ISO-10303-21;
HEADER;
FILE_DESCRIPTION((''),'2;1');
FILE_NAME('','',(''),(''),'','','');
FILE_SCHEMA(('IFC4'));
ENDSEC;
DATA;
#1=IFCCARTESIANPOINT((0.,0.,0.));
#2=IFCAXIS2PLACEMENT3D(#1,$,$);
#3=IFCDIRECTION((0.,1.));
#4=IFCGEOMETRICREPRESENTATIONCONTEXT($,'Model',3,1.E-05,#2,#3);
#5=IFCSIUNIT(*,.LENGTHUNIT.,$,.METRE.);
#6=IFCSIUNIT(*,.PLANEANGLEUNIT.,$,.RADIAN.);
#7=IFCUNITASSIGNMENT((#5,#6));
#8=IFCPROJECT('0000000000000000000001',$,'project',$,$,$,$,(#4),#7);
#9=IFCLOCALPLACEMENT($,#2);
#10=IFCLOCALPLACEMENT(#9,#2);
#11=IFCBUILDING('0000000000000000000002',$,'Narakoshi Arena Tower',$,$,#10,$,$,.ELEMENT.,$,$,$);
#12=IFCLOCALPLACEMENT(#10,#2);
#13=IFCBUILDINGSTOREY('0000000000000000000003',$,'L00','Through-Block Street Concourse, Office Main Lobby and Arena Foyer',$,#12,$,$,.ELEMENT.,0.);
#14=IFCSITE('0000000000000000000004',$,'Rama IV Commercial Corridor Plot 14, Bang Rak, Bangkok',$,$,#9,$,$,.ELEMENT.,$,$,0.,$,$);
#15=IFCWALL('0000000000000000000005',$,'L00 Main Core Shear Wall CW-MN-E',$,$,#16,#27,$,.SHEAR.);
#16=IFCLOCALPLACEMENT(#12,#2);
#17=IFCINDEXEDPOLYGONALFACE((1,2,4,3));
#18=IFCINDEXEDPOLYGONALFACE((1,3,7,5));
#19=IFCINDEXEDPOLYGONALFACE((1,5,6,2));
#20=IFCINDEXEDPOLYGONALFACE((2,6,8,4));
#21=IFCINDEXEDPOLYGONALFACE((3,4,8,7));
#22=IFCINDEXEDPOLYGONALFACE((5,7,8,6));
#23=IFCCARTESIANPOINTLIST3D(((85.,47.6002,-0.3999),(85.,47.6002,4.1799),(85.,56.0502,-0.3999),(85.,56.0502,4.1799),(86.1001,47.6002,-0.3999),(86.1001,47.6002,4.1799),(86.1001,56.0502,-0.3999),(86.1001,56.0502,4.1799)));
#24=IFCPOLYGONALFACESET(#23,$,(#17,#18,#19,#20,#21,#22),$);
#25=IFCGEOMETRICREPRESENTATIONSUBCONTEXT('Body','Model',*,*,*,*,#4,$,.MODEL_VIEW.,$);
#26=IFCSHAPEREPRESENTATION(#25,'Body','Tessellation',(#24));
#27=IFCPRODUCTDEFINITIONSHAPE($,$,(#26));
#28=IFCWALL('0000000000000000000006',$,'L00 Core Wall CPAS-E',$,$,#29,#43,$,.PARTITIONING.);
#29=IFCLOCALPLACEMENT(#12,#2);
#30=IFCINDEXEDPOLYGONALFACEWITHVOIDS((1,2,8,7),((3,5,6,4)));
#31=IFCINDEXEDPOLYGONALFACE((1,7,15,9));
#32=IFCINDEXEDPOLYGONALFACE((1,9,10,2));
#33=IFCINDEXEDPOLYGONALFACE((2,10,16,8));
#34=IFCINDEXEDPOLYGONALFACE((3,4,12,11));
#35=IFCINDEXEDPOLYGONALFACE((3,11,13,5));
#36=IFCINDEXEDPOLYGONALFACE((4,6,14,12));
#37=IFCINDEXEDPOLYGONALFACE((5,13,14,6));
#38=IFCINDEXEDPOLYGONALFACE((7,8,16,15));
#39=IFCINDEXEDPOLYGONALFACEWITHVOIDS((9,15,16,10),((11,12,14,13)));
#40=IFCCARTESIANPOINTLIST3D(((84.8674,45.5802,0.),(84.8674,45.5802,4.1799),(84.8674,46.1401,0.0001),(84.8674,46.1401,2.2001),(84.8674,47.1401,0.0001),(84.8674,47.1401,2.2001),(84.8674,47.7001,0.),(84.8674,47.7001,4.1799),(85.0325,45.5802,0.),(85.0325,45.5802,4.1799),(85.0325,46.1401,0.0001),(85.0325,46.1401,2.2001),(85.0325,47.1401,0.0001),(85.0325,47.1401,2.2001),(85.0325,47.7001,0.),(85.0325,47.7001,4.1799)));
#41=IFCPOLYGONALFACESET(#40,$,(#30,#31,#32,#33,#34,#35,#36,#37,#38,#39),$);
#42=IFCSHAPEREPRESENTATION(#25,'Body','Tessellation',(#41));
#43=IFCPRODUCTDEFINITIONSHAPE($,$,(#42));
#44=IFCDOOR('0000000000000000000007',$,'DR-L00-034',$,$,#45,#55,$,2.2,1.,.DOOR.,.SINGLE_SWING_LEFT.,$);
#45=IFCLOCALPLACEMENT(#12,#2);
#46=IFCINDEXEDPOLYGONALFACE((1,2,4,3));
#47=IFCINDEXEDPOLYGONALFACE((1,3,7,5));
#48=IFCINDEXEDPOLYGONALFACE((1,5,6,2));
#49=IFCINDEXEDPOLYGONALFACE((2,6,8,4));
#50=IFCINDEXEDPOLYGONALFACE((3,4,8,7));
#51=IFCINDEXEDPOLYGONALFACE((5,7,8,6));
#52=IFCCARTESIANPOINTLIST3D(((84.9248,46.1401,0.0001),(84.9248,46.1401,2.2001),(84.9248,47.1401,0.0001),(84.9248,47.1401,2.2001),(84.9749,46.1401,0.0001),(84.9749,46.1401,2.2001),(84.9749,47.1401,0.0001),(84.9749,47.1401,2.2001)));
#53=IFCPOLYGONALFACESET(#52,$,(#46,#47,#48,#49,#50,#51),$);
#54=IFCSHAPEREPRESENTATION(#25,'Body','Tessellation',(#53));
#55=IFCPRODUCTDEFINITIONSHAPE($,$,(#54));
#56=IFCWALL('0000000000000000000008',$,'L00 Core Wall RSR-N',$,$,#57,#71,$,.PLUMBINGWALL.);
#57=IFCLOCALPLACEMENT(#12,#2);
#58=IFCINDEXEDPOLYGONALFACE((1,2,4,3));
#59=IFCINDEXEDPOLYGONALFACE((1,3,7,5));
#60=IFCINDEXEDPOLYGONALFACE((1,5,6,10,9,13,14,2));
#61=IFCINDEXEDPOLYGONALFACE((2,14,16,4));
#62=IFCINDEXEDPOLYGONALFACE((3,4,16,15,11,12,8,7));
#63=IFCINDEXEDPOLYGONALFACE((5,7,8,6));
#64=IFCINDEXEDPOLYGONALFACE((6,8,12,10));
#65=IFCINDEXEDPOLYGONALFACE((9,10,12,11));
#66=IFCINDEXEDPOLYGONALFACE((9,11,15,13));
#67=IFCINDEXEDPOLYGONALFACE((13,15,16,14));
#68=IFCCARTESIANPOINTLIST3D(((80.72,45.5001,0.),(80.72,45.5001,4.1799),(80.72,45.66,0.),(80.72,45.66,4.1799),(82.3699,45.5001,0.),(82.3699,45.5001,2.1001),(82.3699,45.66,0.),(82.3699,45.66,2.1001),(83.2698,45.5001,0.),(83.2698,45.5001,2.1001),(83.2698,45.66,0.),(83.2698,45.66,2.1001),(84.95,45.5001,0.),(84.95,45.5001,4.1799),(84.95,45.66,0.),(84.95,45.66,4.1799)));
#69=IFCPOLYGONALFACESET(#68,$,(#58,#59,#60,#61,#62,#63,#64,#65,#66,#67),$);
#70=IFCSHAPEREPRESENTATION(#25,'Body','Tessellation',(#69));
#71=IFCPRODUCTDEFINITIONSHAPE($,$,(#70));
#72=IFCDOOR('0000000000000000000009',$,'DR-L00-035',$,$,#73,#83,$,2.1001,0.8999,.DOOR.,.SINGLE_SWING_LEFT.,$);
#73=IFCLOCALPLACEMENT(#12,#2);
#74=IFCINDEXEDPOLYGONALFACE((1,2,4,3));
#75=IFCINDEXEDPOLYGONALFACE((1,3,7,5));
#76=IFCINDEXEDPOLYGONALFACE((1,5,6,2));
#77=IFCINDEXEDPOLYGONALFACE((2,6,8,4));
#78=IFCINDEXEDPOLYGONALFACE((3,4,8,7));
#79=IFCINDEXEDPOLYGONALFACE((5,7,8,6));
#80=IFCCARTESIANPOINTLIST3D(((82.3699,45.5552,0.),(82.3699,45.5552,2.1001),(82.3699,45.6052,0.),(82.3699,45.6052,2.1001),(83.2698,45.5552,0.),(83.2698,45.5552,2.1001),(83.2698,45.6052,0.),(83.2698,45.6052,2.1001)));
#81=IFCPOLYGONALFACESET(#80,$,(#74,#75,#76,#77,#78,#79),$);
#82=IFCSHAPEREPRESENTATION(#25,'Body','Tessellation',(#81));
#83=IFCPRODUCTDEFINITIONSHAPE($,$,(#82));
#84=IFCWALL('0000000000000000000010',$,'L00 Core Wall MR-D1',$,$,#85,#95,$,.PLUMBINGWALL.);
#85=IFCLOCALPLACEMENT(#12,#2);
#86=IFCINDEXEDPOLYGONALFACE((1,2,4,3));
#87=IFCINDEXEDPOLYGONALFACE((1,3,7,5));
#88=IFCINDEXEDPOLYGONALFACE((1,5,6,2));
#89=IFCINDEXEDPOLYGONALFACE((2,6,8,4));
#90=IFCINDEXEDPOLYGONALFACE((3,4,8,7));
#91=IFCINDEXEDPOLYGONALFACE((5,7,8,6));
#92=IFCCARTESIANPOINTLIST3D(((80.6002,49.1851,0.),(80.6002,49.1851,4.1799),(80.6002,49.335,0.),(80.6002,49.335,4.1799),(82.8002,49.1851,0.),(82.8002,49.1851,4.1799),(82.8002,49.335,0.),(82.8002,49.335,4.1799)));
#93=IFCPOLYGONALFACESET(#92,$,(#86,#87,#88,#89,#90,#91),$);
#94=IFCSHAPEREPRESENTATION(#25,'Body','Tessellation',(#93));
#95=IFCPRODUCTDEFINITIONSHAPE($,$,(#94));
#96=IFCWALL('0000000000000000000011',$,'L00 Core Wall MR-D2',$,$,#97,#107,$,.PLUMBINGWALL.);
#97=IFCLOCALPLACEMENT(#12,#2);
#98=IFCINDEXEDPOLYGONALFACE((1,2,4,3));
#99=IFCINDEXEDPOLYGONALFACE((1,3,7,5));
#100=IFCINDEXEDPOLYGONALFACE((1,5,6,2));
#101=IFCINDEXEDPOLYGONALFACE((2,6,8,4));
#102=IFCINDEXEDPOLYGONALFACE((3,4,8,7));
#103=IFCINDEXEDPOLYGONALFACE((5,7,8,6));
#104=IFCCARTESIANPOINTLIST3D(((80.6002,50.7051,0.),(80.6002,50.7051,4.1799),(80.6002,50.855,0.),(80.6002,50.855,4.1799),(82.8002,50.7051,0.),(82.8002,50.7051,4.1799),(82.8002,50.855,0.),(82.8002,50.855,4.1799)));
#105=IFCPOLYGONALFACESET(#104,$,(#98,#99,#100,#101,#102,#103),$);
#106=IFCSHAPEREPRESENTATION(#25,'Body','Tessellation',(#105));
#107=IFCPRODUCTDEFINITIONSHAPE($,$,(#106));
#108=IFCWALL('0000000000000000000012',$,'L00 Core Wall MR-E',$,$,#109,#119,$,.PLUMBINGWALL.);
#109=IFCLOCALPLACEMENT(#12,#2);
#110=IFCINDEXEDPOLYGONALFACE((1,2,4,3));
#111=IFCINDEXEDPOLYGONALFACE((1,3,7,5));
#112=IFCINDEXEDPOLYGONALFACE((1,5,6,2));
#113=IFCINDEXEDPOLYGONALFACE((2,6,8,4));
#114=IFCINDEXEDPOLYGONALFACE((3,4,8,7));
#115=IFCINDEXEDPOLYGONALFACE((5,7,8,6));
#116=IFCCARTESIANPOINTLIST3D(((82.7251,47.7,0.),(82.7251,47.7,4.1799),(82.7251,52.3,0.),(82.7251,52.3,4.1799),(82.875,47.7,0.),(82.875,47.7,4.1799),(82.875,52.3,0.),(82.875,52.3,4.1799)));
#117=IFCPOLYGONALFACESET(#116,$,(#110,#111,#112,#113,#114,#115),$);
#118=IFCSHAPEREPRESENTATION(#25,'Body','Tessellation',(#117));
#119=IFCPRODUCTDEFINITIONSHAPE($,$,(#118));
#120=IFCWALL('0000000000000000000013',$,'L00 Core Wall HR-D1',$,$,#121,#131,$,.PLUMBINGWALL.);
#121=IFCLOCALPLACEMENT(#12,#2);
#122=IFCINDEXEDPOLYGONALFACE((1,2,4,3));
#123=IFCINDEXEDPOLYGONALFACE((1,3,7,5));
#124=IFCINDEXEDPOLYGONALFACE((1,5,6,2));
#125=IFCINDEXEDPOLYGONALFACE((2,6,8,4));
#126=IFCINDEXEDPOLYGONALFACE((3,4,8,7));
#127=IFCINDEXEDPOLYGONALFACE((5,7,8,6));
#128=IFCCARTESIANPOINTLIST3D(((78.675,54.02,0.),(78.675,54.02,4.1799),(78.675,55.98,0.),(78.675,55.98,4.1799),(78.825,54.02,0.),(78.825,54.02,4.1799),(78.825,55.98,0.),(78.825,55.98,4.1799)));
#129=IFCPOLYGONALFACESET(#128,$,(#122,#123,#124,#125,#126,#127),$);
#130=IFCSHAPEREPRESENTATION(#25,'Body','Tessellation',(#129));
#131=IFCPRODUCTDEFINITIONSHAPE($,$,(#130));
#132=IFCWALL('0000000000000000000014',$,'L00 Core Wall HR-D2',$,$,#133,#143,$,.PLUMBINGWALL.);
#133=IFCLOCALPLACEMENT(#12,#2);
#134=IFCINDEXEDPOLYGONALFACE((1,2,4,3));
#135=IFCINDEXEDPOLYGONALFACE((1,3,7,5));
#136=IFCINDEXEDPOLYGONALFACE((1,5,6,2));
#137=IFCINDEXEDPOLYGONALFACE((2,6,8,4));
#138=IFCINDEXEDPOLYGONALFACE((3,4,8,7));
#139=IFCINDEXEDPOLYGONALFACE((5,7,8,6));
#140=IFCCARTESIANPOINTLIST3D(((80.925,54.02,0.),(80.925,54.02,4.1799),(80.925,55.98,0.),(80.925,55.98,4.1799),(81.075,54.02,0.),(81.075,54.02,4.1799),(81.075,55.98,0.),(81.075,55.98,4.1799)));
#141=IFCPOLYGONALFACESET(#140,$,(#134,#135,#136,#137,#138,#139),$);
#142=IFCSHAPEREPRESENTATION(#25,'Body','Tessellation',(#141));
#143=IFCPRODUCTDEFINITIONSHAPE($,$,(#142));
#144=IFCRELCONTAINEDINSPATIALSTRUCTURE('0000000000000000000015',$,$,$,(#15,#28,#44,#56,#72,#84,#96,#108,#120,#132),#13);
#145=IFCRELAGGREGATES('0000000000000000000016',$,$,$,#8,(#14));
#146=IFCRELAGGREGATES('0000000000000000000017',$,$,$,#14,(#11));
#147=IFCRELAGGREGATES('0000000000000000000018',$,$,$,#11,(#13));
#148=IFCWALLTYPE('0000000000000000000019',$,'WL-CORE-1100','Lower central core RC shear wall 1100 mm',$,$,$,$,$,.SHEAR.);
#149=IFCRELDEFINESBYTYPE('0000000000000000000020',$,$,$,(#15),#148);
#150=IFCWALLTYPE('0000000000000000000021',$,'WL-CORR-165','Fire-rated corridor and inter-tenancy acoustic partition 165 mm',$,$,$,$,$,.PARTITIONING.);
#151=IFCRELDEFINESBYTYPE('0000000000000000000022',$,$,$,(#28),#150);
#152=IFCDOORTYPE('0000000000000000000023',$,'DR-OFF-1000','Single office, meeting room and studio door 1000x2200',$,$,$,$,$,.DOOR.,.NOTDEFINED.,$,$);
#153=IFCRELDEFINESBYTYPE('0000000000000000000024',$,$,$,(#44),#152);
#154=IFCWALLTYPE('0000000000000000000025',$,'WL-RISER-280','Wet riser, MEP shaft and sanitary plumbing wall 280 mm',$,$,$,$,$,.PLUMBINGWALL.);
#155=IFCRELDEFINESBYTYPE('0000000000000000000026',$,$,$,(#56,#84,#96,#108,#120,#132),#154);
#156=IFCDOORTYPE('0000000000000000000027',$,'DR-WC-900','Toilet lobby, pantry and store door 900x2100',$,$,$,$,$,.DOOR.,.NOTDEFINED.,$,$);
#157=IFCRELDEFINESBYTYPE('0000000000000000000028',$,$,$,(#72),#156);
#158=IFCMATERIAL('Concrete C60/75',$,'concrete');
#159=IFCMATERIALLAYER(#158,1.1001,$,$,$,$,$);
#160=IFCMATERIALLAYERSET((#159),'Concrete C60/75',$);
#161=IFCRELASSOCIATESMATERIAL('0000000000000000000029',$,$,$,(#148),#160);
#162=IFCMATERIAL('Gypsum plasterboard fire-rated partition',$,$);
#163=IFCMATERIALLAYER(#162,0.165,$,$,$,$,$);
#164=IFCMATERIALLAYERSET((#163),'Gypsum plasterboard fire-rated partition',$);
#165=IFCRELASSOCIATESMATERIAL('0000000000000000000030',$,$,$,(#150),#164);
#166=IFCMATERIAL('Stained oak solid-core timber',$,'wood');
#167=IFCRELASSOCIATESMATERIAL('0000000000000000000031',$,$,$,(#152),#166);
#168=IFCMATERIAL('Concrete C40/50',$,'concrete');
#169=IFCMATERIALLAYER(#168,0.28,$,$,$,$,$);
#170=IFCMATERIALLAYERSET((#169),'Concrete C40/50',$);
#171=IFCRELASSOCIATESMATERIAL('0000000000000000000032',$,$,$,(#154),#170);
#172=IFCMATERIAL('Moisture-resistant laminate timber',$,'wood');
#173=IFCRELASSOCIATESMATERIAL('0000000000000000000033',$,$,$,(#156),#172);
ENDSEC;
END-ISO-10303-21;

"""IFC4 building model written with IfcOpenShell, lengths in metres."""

from ifc_helpers import new_model, si_unit, direction, frame, frame_2d, origin, place, context, subcontext, project, spatial, rectangle, extrude, material, layer, layer_set, type_object, element, fill, save


model = new_model("IFC4")

# Units and contexts
model_context = context("Model", 3, precision=1e-05, world=origin(), true_north=direction((0.0, 1.0)))
body_context = subcontext(model_context, "Body", "Model", "MODEL_VIEW")
ifc_project = project(units=[si_unit("LENGTHUNIT", "METRE"), si_unit("PLANEANGLEUNIT", "RADIAN")], contexts=[model_context])

# Site, building, storey
site_placement = place(None, origin())
site = spatial("IfcSite", under=ifc_project, at=site_placement, Name="Rama IV Commercial Corridor Plot 14, Bang Rak, Bangkok", CompositionType="ELEMENT", RefElevation=0.0)
building_placement = place(site_placement, origin())
building = spatial("IfcBuilding", under=site, at=building_placement, Name="Narakoshi Arena Tower", CompositionType="ELEMENT")
storey_placement = place(building_placement, origin())
storey = spatial("IfcBuildingStorey", under=building, at=storey_placement, Name="L00", Description="Through-Block Street Concourse, Office Main Lobby and Arena Foyer", CompositionType="ELEMENT", Elevation=0.0)

# Wall
ifc_material_1 = material(Name="Concrete C60/75", Category="concrete")
ifc_layer_1 = layer(ifc_material_1, 1.1001)
ifc_layer_set_1 = layer_set([ifc_layer_1], Name="Concrete C60/75")
wall_type_1 = type_object("IfcWallType", Name="WL-CORE-1100", Description="Lower central core RC shear wall 1100 mm", PredefinedType="SHEAR", material=ifc_layer_set_1)
wall_1_placement = place(storey_placement, frame((85.55, 47.6001, -0.3999), z_axis=(0.0, 0.0, 1.0), x_axis=(0.0, 1.0, 0.0)))
element("IfcWall", 1, at=wall_1_placement, inside=storey, type_object=wall_type_1, Name="L00 Main Core Shear Wall CW-MN-E", PredefinedType="SHEAR", context=body_context, shape_type="SweptSolid", body=[
    extrude(rectangle(XDim=8.45, YDim=1.1001, at=frame_2d((4.2251, 0.0))), origin(), (0.0, 0.0, 1.0), 4.5798),
])

# Walls, openings, doors
ifc_material_2 = material(Name="Gypsum plasterboard fire-rated partition")
ifc_layer_2 = layer(ifc_material_2, 0.165)
ifc_layer_set_2 = layer_set([ifc_layer_2], Name="Gypsum plasterboard fire-rated partition")
wall_type_2 = type_object("IfcWallType", Name="WL-CORR-165", Description="Fire-rated corridor and inter-tenancy acoustic partition 165 mm", PredefinedType="PARTITIONING", material=ifc_layer_set_2)
wall_2_placement = place(storey_placement, frame((84.95, 45.5801, 0.0), z_axis=(0.0, 0.0, 1.0), x_axis=(0.0, 1.0, 0.0)))
wall_2 = element("IfcWall", 2, at=wall_2_placement, inside=storey, type_object=wall_type_2, Name="L00 Core Wall CPAS-E", PredefinedType="PARTITIONING", context=body_context, shape_type="SweptSolid", body=[
    extrude(rectangle(XDim=2.1199, YDim=0.165, at=frame_2d((1.0601, 0.0))), origin(), (0.0, 0.0, 1.0), 4.1799),
])
opening_1_placement = place(wall_2_placement, frame((0.5601, 0.0, 0.0)))
opening_1 = element("IfcOpeningElement", 3, at=opening_1_placement, cuts=wall_2, PredefinedType="OPENING", context=body_context, shape_type="SweptSolid", body=[
    extrude(rectangle(XDim=1.0, YDim=2.2, at=frame_2d((0.5, 1.1001))), frame((0.0, 0.0925, 0.0), z_axis=(0.0, -1.0, 0.0), x_axis=(1.0, 0.0, 0.0)), (0.0, 0.0, 1.0), 0.1851),
])
ifc_material_3 = material(Name="Stained oak solid-core timber", Category="wood")
door_type_1 = type_object("IfcDoorType", Name="DR-OFF-1000", Description="Single office, meeting room and studio door 1000x2200", OperationType="NOTDEFINED", PredefinedType="DOOR", material=ifc_material_3)
door_1_placement = place(opening_1_placement, frame((1.0, 0.0, 0.0), z_axis=(0.0, 0.0, 1.0), x_axis=(-1.0, 0.0, 0.0)))
door_1 = element("IfcDoor", 4, at=door_1_placement, inside=storey, type_object=door_type_1, Name="DR-L00-034", OperationType="SINGLE_SWING_LEFT", OverallHeight=2.2, OverallWidth=1.0, PredefinedType="DOOR", context=body_context, shape_type="SweptSolid", body=[
    extrude(rectangle(XDim=1.0, YDim=2.2, at=frame_2d((0.5, 1.1001))), frame((0.0, 0.0249, 0.0), z_axis=(0.0, -1.0, 0.0), x_axis=(1.0, 0.0, 0.0)), (0.0, 0.0, 1.0), 0.05),
])
fill(opening_1, door_1)
ifc_material_4 = material(Name="Concrete C40/50", Category="concrete")
ifc_layer_3 = layer(ifc_material_4, 0.28)
ifc_layer_set_3 = layer_set([ifc_layer_3], Name="Concrete C40/50")
wall_type_3 = type_object("IfcWallType", Name="WL-RISER-280", Description="Wet riser, MEP shaft and sanitary plumbing wall 280 mm", PredefinedType="PLUMBINGWALL", material=ifc_layer_set_3)
wall_3_placement = place(storey_placement, frame((80.72, 45.5801, 0.0), z_axis=(0.0, 0.0, 1.0), x_axis=(1.0, 0.0, 0.0)))
wall_3 = element("IfcWall", 5, at=wall_3_placement, inside=storey, type_object=wall_type_3, Name="L00 Core Wall RSR-N", PredefinedType="PLUMBINGWALL", context=body_context, shape_type="SweptSolid", body=[
    extrude(rectangle(XDim=4.23, YDim=0.1599, at=frame_2d((2.115, 0.0))), origin(), (0.0, 0.0, 1.0), 4.1799),
])
opening_2_placement = place(wall_3_placement, frame((1.6499, 0.0, 0.0)))
opening_2 = element("IfcOpeningElement", 6, at=opening_2_placement, cuts=wall_3, PredefinedType="OPENING", context=body_context, shape_type="SweptSolid", body=[
    extrude(rectangle(XDim=0.8999, YDim=2.1001, at=frame_2d((0.45, 1.05))), frame((0.0, 0.0898, 0.0), z_axis=(0.0, -1.0, 0.0), x_axis=(1.0, 0.0, 0.0)), (0.0, 0.0, 1.0), 0.1799),
])
ifc_material_5 = material(Name="Moisture-resistant laminate timber", Category="wood")
door_type_2 = type_object("IfcDoorType", Name="DR-WC-900", Description="Toilet lobby, pantry and store door 900x2100", OperationType="NOTDEFINED", PredefinedType="DOOR", material=ifc_material_5)
door_2_placement = place(opening_2_placement, frame((0.8999, 0.0, 0.0), z_axis=(0.0, 0.0, 1.0), x_axis=(-1.0, 0.0, 0.0)))
door_2 = element("IfcDoor", 7, at=door_2_placement, inside=storey, type_object=door_type_2, Name="DR-L00-035", OperationType="SINGLE_SWING_LEFT", OverallHeight=2.1001, OverallWidth=0.8999, PredefinedType="DOOR", context=body_context, shape_type="SweptSolid", body=[
    extrude(rectangle(XDim=0.8999, YDim=2.1001, at=frame_2d((0.45, 1.05))), frame((0.0, 0.0249, 0.0), z_axis=(0.0, -1.0, 0.0), x_axis=(1.0, 0.0, 0.0)), (0.0, 0.0, 1.0), 0.05),
])
fill(opening_2, door_2)

# Walls
for number, where, z_axis, x_axis, name in (
    (8, (80.6001, 49.26, 0.0), (0.0, 0.0, 1.0), (1.0, 0.0, 0.0), "L00 Core Wall MR-D1"),
    (9, (80.6001, 50.78, 0.0), (0.0, 0.0, 1.0), (1.0, 0.0, 0.0), "L00 Core Wall MR-D2"),
):
    element("IfcWall", number, at=place(storey_placement, frame(where, z_axis=z_axis, x_axis=x_axis)), inside=storey, type_object=wall_type_3, Name=name, PredefinedType="PLUMBINGWALL", context=body_context, shape_type="SweptSolid", body=[
        extrude(rectangle(XDim=2.2, YDim=0.1499, at=frame_2d((1.1001, 0.0))), origin(), (0.0, 0.0, 1.0), 4.1799),
    ])
wall_4_placement = place(storey_placement, frame((82.8, 47.7, 0.0), z_axis=(0.0, 0.0, 1.0), x_axis=(0.0, 1.0, 0.0)))
element("IfcWall", 10, at=wall_4_placement, inside=storey, type_object=wall_type_3, Name="L00 Core Wall MR-E", PredefinedType="PLUMBINGWALL", context=body_context, shape_type="SweptSolid", body=[
    extrude(rectangle(XDim=4.6001, YDim=0.1499, at=frame_2d((2.3, 0.0))), origin(), (0.0, 0.0, 1.0), 4.1799),
])
for number, where, z_axis, x_axis, name in (
    (11, (78.75, 54.02, 0.0), (0.0, 0.0, 1.0), (0.0, 1.0, 0.0), "L00 Core Wall HR-D1"),
    (12, (81.0, 54.02, 0.0), (0.0, 0.0, 1.0), (0.0, 1.0, 0.0), "L00 Core Wall HR-D2"),
):
    element("IfcWall", number, at=place(storey_placement, frame(where, z_axis=z_axis, x_axis=x_axis)), inside=storey, type_object=wall_type_3, Name=name, PredefinedType="PLUMBINGWALL", context=body_context, shape_type="SweptSolid", body=[
        extrude(rectangle(XDim=1.96, YDim=0.1499, at=frame_2d((0.98, 0.0))), origin(), (0.0, 0.0, 1.0), 4.1799),
    ])

save(model, "model.ifc")
